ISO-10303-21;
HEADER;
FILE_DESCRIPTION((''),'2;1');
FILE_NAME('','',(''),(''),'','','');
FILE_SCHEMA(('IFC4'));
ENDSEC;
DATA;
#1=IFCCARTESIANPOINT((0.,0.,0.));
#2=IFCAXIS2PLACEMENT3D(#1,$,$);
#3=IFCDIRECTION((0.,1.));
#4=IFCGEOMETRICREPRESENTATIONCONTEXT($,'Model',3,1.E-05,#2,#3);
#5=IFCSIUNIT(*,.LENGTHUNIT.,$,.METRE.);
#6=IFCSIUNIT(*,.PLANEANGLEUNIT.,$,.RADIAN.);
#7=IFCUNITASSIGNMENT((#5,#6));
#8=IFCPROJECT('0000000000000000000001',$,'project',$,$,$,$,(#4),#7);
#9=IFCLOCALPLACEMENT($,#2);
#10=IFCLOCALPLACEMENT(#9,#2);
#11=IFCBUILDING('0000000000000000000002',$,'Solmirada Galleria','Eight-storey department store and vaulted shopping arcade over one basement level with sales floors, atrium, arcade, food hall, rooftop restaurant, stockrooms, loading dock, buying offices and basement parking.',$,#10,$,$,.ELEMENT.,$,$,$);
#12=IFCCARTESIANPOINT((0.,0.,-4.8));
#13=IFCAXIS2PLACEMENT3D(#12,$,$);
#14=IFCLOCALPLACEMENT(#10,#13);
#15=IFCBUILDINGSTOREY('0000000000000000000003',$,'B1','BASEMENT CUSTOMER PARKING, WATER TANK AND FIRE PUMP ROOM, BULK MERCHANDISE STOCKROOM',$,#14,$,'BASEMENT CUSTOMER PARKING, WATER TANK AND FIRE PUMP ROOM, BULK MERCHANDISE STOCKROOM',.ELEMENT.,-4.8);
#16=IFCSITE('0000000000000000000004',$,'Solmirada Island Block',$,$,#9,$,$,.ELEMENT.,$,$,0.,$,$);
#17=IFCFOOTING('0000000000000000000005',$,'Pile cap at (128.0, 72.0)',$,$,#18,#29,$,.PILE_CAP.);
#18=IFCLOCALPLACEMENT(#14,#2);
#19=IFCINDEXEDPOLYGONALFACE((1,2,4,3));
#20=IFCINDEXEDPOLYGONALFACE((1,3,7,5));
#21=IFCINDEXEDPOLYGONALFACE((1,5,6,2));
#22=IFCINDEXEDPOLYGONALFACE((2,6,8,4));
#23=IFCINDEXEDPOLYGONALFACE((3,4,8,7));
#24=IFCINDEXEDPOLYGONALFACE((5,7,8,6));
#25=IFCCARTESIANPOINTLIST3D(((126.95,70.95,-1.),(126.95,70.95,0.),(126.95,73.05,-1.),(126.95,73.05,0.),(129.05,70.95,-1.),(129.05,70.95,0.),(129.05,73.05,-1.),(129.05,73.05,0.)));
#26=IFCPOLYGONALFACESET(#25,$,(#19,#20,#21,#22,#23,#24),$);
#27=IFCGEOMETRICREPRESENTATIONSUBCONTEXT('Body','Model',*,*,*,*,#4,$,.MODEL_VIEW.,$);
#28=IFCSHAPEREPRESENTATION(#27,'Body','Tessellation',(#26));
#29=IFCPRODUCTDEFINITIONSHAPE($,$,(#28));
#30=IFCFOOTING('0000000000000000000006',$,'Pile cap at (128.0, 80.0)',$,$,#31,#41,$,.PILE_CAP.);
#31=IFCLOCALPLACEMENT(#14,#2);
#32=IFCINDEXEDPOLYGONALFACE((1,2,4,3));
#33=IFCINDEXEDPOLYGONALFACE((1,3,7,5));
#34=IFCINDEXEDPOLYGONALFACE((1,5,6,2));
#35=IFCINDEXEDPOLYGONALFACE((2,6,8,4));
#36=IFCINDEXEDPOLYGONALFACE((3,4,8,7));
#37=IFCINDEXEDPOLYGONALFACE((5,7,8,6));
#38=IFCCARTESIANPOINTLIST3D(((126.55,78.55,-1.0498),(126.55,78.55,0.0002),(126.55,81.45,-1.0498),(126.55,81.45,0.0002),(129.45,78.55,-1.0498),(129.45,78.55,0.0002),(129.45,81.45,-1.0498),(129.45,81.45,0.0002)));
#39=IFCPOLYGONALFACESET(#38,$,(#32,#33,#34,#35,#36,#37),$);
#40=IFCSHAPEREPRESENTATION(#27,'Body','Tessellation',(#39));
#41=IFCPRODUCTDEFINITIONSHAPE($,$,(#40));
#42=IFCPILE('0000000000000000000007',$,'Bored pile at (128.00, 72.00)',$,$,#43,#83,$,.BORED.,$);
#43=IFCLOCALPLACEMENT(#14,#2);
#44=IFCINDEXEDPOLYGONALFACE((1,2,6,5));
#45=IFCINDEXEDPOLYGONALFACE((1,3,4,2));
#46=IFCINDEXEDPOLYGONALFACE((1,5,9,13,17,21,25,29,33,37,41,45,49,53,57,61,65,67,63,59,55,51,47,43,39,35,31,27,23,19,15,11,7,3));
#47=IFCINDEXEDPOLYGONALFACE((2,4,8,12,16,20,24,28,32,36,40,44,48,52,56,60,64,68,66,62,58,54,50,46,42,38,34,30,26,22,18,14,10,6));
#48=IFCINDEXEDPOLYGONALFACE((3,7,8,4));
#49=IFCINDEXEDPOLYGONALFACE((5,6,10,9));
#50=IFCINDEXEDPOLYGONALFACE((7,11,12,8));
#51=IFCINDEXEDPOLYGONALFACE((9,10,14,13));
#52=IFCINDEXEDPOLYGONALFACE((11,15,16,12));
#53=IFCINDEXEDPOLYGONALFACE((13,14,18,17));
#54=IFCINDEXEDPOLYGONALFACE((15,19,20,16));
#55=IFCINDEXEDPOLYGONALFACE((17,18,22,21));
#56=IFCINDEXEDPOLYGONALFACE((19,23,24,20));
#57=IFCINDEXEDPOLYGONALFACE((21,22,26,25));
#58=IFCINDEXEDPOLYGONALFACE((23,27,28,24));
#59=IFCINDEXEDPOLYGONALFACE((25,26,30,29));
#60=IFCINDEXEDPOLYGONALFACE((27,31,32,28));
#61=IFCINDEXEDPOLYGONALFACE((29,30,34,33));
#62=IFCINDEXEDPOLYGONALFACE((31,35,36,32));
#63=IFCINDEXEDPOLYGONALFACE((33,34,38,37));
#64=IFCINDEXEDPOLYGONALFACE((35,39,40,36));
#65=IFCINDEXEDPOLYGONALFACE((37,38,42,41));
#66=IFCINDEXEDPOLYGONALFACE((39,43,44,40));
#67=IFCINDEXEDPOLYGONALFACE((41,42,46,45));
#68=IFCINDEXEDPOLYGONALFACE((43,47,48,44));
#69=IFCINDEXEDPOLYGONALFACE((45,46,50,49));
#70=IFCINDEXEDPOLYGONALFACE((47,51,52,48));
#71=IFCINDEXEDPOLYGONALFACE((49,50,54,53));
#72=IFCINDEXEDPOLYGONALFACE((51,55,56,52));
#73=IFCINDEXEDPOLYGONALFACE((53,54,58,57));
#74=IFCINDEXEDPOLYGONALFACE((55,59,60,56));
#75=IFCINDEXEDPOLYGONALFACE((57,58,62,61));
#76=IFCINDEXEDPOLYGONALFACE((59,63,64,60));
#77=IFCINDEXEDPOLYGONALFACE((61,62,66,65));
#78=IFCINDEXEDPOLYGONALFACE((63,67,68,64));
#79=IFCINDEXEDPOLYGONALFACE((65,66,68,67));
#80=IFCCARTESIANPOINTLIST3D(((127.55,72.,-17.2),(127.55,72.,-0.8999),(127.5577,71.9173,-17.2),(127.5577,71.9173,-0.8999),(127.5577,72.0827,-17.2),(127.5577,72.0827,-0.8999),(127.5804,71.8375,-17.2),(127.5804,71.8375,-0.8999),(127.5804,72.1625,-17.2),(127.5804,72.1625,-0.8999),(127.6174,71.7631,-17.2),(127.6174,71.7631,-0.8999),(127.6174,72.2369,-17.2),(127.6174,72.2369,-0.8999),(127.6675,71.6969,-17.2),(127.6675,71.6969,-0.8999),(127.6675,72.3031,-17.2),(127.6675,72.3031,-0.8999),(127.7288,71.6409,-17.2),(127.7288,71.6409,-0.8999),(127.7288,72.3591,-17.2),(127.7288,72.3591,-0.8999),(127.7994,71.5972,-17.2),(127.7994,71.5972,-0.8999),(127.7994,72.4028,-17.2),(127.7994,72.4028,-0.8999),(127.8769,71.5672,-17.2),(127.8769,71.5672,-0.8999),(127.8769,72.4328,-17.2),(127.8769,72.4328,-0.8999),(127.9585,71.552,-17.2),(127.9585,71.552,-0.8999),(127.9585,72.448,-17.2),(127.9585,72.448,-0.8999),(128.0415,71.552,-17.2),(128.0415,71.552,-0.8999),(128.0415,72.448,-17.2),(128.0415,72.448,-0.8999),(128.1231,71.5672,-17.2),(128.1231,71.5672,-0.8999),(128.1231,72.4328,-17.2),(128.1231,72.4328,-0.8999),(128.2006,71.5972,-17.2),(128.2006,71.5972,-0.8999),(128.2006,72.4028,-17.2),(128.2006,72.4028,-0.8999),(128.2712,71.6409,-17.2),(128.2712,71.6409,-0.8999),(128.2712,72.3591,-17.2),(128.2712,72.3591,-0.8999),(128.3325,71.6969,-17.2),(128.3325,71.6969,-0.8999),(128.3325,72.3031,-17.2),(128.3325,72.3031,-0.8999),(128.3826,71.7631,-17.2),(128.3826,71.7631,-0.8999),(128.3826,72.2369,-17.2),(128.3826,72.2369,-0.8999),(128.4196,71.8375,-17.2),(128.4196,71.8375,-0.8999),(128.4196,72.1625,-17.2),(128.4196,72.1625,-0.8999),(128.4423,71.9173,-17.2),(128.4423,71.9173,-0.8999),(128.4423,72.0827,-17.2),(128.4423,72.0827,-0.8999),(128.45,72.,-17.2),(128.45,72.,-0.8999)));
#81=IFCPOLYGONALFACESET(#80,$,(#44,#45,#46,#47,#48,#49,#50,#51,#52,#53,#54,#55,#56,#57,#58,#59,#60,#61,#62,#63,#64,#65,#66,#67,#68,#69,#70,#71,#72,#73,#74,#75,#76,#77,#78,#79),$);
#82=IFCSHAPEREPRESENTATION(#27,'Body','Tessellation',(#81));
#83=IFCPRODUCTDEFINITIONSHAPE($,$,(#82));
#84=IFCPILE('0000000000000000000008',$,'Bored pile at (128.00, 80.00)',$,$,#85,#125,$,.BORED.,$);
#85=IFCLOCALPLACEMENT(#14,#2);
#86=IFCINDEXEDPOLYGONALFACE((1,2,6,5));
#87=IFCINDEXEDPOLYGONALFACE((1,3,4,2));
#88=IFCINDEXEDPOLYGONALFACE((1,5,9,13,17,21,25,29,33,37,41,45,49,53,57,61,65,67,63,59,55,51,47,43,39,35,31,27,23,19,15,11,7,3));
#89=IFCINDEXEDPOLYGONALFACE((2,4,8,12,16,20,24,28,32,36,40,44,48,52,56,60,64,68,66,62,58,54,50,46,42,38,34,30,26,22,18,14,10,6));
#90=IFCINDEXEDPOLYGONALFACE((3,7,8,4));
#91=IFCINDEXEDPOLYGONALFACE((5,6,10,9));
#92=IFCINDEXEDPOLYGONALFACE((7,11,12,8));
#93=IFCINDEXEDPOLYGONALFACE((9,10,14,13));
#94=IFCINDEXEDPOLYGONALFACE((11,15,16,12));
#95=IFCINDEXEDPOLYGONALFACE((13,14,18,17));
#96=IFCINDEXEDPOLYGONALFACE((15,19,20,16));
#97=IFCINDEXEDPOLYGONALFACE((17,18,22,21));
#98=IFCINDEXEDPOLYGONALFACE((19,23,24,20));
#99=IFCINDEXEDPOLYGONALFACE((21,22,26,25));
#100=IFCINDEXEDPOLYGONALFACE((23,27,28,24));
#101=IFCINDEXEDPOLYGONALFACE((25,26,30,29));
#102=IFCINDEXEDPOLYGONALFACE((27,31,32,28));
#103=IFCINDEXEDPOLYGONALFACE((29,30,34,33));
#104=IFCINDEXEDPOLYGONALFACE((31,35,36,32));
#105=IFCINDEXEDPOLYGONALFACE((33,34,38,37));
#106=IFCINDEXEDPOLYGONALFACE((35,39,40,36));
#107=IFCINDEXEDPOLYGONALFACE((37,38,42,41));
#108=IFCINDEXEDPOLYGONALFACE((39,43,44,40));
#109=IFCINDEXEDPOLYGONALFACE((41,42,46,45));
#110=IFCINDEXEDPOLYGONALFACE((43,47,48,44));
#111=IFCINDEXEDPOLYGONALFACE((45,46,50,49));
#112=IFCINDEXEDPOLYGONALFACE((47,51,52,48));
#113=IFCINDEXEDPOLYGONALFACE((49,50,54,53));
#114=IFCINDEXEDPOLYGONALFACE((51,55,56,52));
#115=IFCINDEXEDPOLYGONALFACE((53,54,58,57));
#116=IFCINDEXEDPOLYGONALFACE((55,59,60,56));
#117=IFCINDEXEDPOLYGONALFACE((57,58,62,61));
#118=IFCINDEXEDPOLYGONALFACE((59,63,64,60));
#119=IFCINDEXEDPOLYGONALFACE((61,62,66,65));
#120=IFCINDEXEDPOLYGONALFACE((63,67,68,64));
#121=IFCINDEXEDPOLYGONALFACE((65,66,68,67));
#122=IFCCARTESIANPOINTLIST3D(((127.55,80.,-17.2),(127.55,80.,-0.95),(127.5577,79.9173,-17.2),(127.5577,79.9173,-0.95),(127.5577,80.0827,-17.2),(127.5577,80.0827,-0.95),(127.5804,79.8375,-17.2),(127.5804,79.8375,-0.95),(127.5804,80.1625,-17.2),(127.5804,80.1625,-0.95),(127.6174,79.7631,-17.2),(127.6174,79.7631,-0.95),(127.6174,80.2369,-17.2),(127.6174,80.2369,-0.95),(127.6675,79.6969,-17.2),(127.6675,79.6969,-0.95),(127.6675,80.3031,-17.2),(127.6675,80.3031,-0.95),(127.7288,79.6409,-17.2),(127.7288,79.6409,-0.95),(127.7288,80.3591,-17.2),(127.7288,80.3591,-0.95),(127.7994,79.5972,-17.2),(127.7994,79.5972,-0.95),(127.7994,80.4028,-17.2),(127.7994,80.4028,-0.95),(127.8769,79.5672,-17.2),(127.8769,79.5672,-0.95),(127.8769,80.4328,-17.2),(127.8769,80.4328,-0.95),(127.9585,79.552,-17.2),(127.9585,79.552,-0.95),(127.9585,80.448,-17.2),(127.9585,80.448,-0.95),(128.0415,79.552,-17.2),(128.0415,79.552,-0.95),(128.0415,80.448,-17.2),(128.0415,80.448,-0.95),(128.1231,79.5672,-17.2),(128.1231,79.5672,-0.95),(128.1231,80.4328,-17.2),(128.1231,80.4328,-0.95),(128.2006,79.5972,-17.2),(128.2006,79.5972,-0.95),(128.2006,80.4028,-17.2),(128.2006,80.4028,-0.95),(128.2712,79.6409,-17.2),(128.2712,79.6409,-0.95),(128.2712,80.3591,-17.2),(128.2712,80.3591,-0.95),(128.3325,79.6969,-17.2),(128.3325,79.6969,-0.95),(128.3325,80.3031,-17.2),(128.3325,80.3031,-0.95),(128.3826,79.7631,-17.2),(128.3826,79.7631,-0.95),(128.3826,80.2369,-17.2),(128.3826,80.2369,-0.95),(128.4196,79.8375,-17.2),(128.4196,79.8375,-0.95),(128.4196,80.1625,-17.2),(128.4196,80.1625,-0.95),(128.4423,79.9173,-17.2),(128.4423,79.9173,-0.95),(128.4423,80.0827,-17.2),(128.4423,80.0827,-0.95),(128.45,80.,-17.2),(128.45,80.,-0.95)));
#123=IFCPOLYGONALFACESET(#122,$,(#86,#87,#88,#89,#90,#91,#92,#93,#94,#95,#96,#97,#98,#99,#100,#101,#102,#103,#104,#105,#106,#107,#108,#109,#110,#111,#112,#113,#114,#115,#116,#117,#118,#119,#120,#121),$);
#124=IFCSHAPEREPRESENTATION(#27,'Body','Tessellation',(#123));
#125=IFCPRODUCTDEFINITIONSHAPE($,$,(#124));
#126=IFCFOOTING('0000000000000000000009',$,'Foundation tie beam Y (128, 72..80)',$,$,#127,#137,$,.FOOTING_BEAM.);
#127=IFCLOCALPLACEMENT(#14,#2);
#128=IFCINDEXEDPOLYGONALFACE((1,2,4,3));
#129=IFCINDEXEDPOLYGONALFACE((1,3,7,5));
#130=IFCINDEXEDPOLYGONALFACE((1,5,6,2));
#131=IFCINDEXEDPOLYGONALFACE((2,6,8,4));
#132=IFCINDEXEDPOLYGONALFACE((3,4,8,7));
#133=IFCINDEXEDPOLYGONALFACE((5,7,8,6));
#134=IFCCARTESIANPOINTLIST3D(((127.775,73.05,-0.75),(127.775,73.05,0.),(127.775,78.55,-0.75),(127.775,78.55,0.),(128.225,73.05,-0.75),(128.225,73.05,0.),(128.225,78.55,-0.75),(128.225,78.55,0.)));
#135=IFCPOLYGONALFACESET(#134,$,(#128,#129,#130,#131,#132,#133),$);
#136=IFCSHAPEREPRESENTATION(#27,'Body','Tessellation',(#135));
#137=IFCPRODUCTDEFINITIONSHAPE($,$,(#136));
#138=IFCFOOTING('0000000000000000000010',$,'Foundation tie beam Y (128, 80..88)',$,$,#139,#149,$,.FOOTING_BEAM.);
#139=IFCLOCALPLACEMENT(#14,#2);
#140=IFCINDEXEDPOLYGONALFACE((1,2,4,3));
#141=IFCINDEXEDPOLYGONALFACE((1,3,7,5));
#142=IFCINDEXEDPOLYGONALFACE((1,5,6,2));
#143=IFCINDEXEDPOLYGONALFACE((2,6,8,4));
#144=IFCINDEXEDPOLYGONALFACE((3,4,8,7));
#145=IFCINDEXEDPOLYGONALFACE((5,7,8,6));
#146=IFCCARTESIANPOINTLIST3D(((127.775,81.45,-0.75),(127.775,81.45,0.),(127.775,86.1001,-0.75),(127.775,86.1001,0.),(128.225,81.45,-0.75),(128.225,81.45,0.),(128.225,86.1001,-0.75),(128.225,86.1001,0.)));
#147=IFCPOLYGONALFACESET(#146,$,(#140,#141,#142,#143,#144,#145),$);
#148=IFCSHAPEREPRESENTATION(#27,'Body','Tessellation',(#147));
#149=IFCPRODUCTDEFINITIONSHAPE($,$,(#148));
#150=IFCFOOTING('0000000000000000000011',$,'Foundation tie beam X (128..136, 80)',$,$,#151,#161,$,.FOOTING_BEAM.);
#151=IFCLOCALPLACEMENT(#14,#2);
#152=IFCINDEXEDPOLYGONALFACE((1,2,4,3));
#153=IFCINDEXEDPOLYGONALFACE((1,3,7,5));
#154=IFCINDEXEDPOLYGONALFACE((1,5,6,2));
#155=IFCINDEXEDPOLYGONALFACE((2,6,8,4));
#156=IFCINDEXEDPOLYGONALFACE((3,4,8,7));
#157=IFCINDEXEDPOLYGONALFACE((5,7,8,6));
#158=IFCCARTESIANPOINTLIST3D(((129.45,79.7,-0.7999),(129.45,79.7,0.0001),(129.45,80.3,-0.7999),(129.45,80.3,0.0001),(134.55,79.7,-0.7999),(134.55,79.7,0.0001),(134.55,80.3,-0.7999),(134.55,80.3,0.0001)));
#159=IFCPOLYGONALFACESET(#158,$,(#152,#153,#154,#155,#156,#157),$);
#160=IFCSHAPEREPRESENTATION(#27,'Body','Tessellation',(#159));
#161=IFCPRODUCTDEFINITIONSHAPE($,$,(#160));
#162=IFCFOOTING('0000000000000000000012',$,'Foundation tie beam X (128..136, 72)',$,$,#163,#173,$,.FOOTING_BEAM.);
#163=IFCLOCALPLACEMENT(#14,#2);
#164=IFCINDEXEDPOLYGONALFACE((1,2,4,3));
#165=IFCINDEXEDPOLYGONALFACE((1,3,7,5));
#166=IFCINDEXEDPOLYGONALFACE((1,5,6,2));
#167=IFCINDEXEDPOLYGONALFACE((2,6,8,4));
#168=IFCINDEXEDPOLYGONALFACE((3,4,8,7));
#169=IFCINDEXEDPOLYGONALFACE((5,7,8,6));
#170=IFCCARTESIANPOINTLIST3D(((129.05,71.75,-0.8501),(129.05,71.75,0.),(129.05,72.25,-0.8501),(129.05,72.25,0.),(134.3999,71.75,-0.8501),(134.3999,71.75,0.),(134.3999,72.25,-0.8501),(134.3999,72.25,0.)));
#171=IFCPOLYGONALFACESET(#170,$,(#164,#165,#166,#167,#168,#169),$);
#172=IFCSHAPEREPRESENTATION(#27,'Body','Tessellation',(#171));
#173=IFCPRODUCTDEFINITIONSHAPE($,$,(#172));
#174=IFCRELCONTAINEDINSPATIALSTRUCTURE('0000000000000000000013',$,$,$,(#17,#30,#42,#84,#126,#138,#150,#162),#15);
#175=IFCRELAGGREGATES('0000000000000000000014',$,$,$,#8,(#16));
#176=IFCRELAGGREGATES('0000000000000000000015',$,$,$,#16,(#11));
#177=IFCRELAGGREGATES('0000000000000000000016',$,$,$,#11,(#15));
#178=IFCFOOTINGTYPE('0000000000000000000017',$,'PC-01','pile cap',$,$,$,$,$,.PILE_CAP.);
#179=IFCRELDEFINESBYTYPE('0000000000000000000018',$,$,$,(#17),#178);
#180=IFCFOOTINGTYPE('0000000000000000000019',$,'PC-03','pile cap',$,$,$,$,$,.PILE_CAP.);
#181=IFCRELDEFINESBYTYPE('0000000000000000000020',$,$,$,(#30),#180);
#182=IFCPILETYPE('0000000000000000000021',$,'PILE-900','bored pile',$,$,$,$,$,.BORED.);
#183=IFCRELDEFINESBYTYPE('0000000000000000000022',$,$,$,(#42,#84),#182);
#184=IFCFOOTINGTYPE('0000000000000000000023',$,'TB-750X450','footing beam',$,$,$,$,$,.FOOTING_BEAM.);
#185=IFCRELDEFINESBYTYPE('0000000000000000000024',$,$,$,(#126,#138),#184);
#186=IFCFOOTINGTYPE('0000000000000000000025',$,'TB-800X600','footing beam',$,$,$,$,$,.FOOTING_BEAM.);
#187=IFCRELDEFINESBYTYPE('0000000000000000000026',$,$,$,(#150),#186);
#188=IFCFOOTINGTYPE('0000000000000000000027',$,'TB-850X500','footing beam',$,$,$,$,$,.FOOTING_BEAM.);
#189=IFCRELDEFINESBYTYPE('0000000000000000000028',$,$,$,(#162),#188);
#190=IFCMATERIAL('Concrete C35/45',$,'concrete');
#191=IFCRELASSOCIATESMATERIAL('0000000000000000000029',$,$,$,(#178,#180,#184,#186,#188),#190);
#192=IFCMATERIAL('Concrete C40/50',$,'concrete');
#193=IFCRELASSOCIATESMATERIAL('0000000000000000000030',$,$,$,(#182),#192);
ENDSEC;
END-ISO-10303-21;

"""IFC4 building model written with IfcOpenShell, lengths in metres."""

from ifc_helpers import new_model, si_unit, direction, frame, origin, origin_2d, place, context, subcontext, project, spatial, rectangle, circle, extrude, material, material_profile, profile_set, type_object, element, save


model = new_model("IFC4")

# Units and contexts
model_context = context("Model", 3, precision=1e-05, world=origin(), true_north=direction((0.0, 1.0)))
body_context = subcontext(model_context, "Body", "Model", "MODEL_VIEW")
ifc_project = project(units=[si_unit("LENGTHUNIT", "METRE"), si_unit("PLANEANGLEUNIT", "RADIAN")], contexts=[model_context])

# Site, building, storey
site_placement = place(None, origin())
site = spatial("IfcSite", under=ifc_project, at=site_placement, Name="Solmirada Island Block", CompositionType="ELEMENT", RefElevation=0.0)
building_placement = place(site_placement, origin())
building = spatial("IfcBuilding", under=site, at=building_placement, Name="Solmirada Galleria", Description="Eight-storey department store and vaulted shopping arcade over one basement level with sales floors, atrium, arcade, food hall, rooftop restaurant, stockrooms, loading dock, buying offices and basement parking.", CompositionType="ELEMENT")
storey_placement = place(building_placement, frame((0.0, 0.0, -4.8)))
storey = spatial("IfcBuildingStorey", under=building, at=storey_placement, Name="B1", Description="BASEMENT CUSTOMER PARKING, WATER TANK AND FIRE PUMP ROOM, BULK MERCHANDISE STOCKROOM", LongName="BASEMENT CUSTOMER PARKING, WATER TANK AND FIRE PUMP ROOM, BULK MERCHANDISE STOCKROOM", CompositionType="ELEMENT", Elevation=-4.8)

# Footings
ifc_material_1 = material(Name="Concrete C35/45", Category="concrete")
footing_type_1 = type_object("IfcFootingType", Name="PC-01", Description="pile cap", PredefinedType="PILE_CAP", material=ifc_material_1)
footing_1_placement = place(storey_placement, frame((128.0, 72.0, -1.0), z_axis=(0.0, 0.0, 1.0), x_axis=(1.0, 0.0, 0.0)))
element("IfcFooting", 1, at=footing_1_placement, inside=storey, type_object=footing_type_1, Name="Pile cap at (128.0, 72.0)", PredefinedType="PILE_CAP", context=body_context, shape_type="SweptSolid", body=[
    extrude(rectangle(XDim=2.1001, YDim=2.1001, at=origin_2d()), origin(), (0.0, 0.0, 1.0), 1.0),
])
footing_type_2 = type_object("IfcFootingType", Name="PC-03", Description="pile cap", PredefinedType="PILE_CAP", material=ifc_material_1)
footing_2_placement = place(storey_placement, frame((128.0, 80.0, -1.0498), z_axis=(0.0, 0.0, 1.0), x_axis=(1.0, 0.0, 0.0)))
element("IfcFooting", 2, at=footing_2_placement, inside=storey, type_object=footing_type_2, Name="Pile cap at (128.0, 80.0)", PredefinedType="PILE_CAP", context=body_context, shape_type="SweptSolid", body=[
    extrude(rectangle(XDim=2.8999, YDim=2.8999, at=origin_2d()), origin(), (0.0, 0.0, 1.0), 1.05),
])

# Piles
ifc_material_2 = material(Name="Concrete C40/50", Category="concrete")
ifc_material_profile_1 = material_profile(ifc_material_2, circle(Radius=0.45, at=origin_2d()), Name="PILE900")
ifc_profile_set_1 = profile_set([ifc_material_profile_1], Name="Concrete C40/50")
pile_type = type_object("IfcPileType", Name="PILE-900", Description="bored pile", PredefinedType="BORED", material=ifc_profile_set_1)
pile_1_placement = place(storey_placement, frame((128.0, 72.0, -0.8999), z_axis=(0.0, 0.0, -1.0), x_axis=(1.0, 0.0, 0.0)))
element("IfcPile", 3, at=pile_1_placement, inside=storey, type_object=pile_type, Name="Bored pile at (128.00, 72.00)", PredefinedType="BORED", context=body_context, shape_type="SweptSolid", body=[
    extrude(circle(Radius=0.45, at=origin_2d()), origin(), (0.0, 0.0, 1.0), 16.3),
])
pile_2_placement = place(storey_placement, frame((128.0, 80.0, -0.95), z_axis=(0.0, 0.0, -1.0), x_axis=(1.0, 0.0, 0.0)))
element("IfcPile", 4, at=pile_2_placement, inside=storey, type_object=pile_type, Name="Bored pile at (128.00, 80.00)", PredefinedType="BORED", context=body_context, shape_type="SweptSolid", body=[
    extrude(circle(Radius=0.45, at=origin_2d()), origin(), (0.0, 0.0, 1.0), 16.25),
])

# Footings
ifc_material_profile_2 = material_profile(ifc_material_1, rectangle(XDim=0.45, YDim=0.75, at=origin_2d()), Name="RC750X450")
ifc_profile_set_2 = profile_set([ifc_material_profile_2], Name="Concrete C35/45")
footing_type_3 = type_object("IfcFootingType", Name="TB-750X450", Description="footing beam", PredefinedType="FOOTING_BEAM", material=ifc_profile_set_2)
footing_3_placement = place(storey_placement, frame((128.0, 73.05, -0.375), z_axis=(0.0, 1.0, 0.0), x_axis=(-1.0, 0.0, 0.0)))
element("IfcFooting", 5, at=footing_3_placement, inside=storey, type_object=footing_type_3, Name="Foundation tie beam Y (128, 72..80)", PredefinedType="FOOTING_BEAM", context=body_context, shape_type="SweptSolid", body=[
    extrude(rectangle(XDim=0.45, YDim=0.75, at=origin_2d()), origin(), (0.0, 0.0, 1.0), 5.5),
])
footing_4_placement = place(storey_placement, frame((128.0, 81.45, -0.375), z_axis=(0.0, 1.0, 0.0), x_axis=(-1.0, 0.0, 0.0)))
element("IfcFooting", 6, at=footing_4_placement, inside=storey, type_object=footing_type_3, Name="Foundation tie beam Y (128, 80..88)", PredefinedType="FOOTING_BEAM", context=body_context, shape_type="SweptSolid", body=[
    extrude(rectangle(XDim=0.45, YDim=0.75, at=origin_2d()), origin(), (0.0, 0.0, 1.0), 4.6501),
])
ifc_material_profile_3 = material_profile(ifc_material_1, rectangle(XDim=0.6001, YDim=0.8, at=origin_2d()), Name="RC800X600")
ifc_profile_set_3 = profile_set([ifc_material_profile_3], Name="Concrete C35/45")
footing_type_4 = type_object("IfcFootingType", Name="TB-800X600", Description="footing beam", PredefinedType="FOOTING_BEAM", material=ifc_profile_set_3)
footing_5_placement = place(storey_placement, frame((129.45, 80.0, -0.3999), z_axis=(1.0, 0.0, 0.0), x_axis=(0.0, 1.0, 0.0)))
element("IfcFooting", 7, at=footing_5_placement, inside=storey, type_object=footing_type_4, Name="Foundation tie beam X (128..136, 80)", PredefinedType="FOOTING_BEAM", context=body_context, shape_type="SweptSolid", body=[
    extrude(rectangle(XDim=0.6001, YDim=0.8, at=origin_2d()), origin(), (0.0, 0.0, 1.0), 5.1001),
])
ifc_material_profile_4 = material_profile(ifc_material_1, rectangle(XDim=0.5, YDim=0.8501, at=origin_2d()), Name="RC850X500")
ifc_profile_set_4 = profile_set([ifc_material_profile_4], Name="Concrete C35/45")
footing_type_5 = type_object("IfcFootingType", Name="TB-850X500", Description="footing beam", PredefinedType="FOOTING_BEAM", material=ifc_profile_set_4)
footing_6_placement = place(storey_placement, frame((129.05, 72.0, -0.425), z_axis=(1.0, 0.0, 0.0), x_axis=(0.0, 1.0, 0.0)))
element("IfcFooting", 8, at=footing_6_placement, inside=storey, type_object=footing_type_5, Name="Foundation tie beam X (128..136, 72)", PredefinedType="FOOTING_BEAM", context=body_context, shape_type="SweptSolid", body=[
    extrude(rectangle(XDim=0.5, YDim=0.8501, at=origin_2d()), origin(), (0.0, 0.0, 1.0), 5.3499),
])

save(model, "model.ifc")
